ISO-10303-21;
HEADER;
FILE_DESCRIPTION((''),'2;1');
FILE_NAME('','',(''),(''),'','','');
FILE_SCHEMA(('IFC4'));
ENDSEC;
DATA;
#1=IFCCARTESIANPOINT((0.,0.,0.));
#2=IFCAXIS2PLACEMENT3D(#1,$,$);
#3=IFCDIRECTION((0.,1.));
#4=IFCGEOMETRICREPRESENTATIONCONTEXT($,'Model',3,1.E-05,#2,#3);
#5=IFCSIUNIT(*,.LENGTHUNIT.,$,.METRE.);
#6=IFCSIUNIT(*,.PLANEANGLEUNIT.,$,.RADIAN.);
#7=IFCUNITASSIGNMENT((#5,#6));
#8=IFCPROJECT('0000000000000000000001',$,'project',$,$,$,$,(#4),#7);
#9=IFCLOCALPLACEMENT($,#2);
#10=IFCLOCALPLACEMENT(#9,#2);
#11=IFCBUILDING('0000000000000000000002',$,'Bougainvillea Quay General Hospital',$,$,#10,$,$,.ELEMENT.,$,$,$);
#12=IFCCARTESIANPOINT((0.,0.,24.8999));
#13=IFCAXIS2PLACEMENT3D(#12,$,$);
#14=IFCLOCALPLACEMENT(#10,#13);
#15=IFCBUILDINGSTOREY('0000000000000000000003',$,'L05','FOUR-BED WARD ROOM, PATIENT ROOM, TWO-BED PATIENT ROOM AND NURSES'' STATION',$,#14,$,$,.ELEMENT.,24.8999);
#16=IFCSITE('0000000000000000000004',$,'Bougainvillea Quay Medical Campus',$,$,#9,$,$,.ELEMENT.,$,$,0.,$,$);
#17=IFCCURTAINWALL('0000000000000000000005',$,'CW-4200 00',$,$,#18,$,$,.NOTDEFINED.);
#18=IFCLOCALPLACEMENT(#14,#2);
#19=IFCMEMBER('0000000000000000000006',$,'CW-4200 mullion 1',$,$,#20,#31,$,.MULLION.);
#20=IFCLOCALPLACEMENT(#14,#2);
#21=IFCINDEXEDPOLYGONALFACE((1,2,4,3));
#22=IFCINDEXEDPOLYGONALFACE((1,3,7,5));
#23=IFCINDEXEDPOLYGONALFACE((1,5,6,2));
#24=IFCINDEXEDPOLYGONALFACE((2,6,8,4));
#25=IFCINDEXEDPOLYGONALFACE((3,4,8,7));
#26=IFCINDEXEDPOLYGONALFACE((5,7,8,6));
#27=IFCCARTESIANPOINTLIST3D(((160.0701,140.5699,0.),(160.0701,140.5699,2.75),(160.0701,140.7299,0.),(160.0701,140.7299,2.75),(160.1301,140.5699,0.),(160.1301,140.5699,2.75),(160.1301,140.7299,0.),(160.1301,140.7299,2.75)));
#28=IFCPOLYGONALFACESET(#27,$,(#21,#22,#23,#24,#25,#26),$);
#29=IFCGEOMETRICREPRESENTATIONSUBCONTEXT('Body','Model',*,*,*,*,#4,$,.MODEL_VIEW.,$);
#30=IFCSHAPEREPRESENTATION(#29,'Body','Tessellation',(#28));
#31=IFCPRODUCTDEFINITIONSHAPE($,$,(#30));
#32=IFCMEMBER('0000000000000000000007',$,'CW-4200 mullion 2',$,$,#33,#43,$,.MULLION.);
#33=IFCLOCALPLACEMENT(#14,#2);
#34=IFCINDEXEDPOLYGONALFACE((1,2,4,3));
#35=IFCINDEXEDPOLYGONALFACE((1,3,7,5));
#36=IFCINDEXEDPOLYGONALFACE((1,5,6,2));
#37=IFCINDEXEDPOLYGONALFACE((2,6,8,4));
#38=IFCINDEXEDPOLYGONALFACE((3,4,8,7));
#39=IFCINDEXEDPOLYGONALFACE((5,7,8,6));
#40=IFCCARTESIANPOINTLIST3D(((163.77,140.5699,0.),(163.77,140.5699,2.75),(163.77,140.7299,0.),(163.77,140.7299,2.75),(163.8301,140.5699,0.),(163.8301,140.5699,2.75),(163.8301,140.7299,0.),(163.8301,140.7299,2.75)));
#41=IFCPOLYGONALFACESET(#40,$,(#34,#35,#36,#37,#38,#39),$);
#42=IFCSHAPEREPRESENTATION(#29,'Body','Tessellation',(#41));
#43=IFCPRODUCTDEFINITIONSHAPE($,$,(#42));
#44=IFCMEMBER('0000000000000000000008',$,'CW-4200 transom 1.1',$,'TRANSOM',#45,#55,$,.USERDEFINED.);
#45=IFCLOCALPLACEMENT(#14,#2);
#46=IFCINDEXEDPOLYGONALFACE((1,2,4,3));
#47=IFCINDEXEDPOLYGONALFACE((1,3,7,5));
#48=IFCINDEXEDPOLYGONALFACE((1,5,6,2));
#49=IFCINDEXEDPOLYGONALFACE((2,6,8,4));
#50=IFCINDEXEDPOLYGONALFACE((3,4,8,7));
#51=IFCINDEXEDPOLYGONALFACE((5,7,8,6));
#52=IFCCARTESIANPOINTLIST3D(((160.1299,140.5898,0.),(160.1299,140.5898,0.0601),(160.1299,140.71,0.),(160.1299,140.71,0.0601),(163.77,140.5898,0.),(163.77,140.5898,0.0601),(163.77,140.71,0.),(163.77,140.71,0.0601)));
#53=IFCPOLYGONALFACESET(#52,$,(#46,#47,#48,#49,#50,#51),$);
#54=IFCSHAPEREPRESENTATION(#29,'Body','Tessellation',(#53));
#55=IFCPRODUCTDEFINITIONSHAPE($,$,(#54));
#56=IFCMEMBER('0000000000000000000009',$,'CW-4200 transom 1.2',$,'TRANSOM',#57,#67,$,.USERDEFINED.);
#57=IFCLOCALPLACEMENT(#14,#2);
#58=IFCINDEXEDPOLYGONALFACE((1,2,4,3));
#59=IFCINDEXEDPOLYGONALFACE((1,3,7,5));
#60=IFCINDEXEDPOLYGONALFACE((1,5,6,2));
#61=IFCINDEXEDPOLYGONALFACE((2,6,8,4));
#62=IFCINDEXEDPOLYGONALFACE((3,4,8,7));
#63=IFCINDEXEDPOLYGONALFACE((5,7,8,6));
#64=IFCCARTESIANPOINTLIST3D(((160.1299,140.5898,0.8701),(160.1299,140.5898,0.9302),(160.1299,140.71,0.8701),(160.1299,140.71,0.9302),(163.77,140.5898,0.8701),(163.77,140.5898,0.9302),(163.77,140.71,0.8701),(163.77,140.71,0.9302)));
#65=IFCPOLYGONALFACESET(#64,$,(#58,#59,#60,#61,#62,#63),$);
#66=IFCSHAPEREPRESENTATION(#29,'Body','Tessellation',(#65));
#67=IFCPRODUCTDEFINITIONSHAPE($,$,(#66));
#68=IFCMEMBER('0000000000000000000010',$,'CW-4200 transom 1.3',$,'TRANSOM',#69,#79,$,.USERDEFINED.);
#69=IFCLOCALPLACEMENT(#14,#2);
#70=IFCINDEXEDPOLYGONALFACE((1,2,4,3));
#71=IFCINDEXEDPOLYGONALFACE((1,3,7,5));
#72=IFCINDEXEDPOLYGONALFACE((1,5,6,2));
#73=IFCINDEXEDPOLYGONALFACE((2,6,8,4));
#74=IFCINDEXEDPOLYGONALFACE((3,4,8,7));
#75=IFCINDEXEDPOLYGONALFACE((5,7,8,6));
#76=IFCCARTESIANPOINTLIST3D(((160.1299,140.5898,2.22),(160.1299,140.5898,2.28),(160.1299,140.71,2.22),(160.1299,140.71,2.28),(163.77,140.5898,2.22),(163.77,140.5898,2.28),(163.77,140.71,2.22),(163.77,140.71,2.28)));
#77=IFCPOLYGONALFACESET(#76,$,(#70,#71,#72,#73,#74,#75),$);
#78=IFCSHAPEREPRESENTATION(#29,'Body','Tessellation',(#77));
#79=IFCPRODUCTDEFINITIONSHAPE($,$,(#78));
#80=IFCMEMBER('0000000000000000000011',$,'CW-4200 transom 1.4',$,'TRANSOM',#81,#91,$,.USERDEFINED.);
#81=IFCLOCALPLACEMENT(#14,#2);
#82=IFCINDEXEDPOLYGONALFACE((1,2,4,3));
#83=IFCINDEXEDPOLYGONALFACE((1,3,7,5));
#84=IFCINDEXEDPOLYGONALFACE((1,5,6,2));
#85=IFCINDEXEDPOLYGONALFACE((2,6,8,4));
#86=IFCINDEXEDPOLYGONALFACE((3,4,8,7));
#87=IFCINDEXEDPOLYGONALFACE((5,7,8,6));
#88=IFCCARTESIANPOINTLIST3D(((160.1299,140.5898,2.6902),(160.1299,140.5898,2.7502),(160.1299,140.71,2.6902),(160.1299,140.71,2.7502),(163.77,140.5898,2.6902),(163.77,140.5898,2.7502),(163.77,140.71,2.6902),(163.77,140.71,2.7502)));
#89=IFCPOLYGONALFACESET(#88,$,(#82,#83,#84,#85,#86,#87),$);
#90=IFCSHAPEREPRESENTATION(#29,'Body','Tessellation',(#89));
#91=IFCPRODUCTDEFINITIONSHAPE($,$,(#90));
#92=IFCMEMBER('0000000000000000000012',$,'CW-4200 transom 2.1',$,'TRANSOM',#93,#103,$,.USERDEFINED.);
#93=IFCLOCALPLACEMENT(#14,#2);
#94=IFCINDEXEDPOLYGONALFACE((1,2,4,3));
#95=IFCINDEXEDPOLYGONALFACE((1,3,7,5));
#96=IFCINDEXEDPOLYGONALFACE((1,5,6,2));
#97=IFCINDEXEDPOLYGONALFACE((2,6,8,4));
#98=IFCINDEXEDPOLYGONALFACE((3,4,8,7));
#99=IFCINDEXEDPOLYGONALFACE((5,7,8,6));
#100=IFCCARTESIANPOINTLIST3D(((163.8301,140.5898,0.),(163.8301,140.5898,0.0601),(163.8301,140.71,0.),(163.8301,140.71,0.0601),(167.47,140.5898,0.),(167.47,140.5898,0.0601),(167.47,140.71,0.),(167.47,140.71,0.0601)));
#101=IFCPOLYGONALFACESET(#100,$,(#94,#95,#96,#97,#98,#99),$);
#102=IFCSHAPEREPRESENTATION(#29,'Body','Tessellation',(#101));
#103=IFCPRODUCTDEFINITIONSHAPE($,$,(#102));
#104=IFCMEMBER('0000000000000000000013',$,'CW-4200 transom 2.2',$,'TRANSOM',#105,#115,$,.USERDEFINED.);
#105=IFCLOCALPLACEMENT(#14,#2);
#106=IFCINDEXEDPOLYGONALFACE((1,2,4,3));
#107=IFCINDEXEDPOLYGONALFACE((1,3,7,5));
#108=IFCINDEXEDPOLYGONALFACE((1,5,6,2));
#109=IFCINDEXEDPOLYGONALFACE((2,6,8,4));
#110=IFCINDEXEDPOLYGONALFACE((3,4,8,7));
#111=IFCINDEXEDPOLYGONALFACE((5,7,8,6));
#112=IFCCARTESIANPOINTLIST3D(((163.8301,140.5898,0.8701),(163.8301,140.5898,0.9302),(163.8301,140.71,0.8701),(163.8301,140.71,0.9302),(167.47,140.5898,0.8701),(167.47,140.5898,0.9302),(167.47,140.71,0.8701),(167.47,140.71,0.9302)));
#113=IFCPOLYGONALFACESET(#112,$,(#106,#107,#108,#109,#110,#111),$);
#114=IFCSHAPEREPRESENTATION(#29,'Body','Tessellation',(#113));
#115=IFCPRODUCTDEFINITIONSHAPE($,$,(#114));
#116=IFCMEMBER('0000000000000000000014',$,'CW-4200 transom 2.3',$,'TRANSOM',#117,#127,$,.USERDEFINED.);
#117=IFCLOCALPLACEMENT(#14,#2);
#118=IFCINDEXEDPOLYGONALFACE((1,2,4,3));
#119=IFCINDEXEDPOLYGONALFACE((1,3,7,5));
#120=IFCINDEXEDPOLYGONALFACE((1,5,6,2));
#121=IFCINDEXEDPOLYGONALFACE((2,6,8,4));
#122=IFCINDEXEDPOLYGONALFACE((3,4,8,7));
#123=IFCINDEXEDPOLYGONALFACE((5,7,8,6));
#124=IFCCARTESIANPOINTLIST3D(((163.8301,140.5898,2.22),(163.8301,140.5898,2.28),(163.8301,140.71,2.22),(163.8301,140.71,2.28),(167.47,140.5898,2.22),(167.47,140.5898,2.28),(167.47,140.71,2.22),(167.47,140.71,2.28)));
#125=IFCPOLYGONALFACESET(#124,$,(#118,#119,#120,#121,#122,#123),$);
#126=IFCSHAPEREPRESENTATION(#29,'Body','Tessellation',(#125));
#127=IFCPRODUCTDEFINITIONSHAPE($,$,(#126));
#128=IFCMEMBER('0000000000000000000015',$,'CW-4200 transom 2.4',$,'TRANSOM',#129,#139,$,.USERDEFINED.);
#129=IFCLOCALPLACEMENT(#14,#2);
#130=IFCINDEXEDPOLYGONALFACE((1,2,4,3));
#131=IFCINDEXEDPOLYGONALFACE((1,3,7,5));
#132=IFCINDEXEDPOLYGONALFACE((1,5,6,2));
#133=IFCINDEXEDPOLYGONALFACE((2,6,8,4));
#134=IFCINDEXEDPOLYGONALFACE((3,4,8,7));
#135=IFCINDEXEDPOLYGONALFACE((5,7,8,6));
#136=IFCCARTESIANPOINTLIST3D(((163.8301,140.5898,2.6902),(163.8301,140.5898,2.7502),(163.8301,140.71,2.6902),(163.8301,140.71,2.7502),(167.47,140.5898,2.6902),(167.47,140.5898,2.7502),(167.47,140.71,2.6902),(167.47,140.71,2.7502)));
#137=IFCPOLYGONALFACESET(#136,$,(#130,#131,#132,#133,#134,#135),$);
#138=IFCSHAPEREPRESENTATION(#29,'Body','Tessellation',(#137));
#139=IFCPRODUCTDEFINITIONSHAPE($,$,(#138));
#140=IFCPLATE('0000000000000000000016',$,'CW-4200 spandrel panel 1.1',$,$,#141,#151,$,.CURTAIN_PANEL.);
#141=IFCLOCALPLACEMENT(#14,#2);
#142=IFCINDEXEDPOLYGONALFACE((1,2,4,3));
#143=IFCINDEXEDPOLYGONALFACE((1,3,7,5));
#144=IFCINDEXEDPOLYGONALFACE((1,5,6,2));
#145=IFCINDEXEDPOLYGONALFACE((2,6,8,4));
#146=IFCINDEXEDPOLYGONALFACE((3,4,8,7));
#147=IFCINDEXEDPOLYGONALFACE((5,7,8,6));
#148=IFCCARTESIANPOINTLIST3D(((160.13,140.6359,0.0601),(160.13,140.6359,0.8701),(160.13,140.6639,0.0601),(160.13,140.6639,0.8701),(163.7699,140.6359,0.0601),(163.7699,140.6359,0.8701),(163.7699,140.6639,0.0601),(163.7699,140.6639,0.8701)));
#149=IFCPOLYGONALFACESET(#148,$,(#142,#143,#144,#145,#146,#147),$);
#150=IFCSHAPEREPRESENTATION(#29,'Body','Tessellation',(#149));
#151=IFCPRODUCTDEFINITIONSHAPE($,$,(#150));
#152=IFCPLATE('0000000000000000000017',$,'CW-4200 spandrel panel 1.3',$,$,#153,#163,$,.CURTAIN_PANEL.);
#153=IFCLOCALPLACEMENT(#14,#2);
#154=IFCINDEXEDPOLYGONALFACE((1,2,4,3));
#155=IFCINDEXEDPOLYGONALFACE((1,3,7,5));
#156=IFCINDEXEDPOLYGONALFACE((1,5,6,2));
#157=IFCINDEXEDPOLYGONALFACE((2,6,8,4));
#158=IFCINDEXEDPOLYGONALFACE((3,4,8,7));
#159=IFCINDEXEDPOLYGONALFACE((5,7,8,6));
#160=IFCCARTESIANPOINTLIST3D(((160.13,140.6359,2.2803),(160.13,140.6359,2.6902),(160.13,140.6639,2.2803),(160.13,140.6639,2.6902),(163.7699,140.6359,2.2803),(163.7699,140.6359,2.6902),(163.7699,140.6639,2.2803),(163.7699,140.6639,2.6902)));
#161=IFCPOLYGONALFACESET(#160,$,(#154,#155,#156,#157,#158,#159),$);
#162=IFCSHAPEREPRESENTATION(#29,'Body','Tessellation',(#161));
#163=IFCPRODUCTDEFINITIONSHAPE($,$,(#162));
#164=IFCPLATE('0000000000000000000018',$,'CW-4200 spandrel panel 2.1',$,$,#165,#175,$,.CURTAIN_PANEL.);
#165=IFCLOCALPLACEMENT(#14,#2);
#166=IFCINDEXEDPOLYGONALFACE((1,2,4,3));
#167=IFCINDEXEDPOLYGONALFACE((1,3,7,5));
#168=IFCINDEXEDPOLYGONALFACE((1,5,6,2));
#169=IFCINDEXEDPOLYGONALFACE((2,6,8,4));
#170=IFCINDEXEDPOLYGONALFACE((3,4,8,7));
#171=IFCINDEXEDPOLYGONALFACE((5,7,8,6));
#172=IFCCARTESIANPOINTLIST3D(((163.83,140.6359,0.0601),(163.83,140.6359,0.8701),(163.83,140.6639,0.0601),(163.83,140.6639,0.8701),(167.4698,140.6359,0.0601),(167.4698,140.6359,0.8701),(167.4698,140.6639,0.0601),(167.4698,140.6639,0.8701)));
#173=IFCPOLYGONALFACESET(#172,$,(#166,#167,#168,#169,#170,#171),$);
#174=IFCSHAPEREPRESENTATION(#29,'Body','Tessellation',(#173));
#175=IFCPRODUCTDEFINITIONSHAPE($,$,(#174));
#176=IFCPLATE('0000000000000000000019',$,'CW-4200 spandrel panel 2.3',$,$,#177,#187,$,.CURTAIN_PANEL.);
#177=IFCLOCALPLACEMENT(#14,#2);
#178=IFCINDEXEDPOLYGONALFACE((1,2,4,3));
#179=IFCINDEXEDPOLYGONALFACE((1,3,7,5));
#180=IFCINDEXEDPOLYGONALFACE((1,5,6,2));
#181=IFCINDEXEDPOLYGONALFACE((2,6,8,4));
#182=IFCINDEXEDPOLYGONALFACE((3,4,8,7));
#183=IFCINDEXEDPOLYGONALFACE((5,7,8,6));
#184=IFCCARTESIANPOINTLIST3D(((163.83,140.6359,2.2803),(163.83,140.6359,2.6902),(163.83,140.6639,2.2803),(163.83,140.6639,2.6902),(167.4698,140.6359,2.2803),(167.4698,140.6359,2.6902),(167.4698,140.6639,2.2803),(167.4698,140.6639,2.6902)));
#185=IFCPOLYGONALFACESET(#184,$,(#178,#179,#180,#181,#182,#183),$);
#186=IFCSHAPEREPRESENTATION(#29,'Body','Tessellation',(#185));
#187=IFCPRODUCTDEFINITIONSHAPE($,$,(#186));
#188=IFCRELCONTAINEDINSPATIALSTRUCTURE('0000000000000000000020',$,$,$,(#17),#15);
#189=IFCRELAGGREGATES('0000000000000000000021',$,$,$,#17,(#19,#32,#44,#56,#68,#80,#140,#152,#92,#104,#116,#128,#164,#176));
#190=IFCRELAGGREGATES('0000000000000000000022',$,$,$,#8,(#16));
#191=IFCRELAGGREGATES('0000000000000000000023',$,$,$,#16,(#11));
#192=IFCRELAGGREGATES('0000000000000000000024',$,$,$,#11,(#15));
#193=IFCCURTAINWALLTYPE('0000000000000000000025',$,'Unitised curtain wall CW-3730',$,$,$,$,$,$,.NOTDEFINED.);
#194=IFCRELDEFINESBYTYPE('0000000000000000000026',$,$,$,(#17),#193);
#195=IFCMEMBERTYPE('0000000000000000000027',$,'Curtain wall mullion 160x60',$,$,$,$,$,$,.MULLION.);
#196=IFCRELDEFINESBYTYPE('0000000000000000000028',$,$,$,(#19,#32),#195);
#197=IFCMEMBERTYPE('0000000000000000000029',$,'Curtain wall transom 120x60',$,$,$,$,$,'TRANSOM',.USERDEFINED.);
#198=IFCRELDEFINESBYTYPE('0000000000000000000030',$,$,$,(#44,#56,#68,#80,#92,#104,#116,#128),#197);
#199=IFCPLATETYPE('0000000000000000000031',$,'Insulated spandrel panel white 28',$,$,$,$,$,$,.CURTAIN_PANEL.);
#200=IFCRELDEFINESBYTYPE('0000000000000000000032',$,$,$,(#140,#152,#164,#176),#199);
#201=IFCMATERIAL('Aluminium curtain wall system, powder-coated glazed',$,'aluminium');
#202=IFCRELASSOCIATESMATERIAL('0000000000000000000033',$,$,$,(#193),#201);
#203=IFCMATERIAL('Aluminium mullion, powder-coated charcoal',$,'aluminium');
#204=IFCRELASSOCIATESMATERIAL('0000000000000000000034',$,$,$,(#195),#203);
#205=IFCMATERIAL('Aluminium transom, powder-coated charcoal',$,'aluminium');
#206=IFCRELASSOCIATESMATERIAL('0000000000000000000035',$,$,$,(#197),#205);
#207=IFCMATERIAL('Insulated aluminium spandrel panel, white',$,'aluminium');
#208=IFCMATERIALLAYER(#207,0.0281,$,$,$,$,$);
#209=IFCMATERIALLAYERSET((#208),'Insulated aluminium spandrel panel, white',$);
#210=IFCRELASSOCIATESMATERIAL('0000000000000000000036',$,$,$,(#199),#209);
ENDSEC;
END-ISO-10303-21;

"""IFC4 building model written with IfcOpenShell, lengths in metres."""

from ifc_helpers import new_model, si_unit, direction, frame, origin, origin_2d, place, context, subcontext, project, spatial, rectangle, extrude, material, layer, layer_set, material_profile, profile_set, type_object, element, aggregate, save


model = new_model("IFC4")

# Units and contexts
model_context = context("Model", 3, precision=1e-05, world=origin(), true_north=direction((0.0, 1.0)))
body_context = subcontext(model_context, "Body", "Model", "MODEL_VIEW")
ifc_project = project(units=[si_unit("LENGTHUNIT", "METRE"), si_unit("PLANEANGLEUNIT", "RADIAN")], contexts=[model_context])

# Site, building, storey
site_placement = place(None, origin())
site = spatial("IfcSite", under=ifc_project, at=site_placement, Name="Bougainvillea Quay Medical Campus", CompositionType="ELEMENT", RefElevation=0.0)
building_placement = place(site_placement, origin())
building = spatial("IfcBuilding", under=site, at=building_placement, Name="Bougainvillea Quay General Hospital", CompositionType="ELEMENT")
storey_placement = place(building_placement, frame((0.0, 0.0, 24.8999)))
storey = spatial("IfcBuildingStorey", under=building, at=storey_placement, Name="L05", Description="FOUR-BED WARD ROOM, PATIENT ROOM, TWO-BED PATIENT ROOM AND NURSES' STATION", CompositionType="ELEMENT", Elevation=24.8999)

# Curtain wall, members, plates
ifc_material_1 = material(Name="Aluminium curtain wall system, powder-coated glazed", Category="aluminium")
curtain_wall_type = type_object("IfcCurtainWallType", Name="Unitised curtain wall CW-3730", PredefinedType="NOTDEFINED", material=ifc_material_1)
curtain_wall_placement = place(storey_placement, origin())
curtain_wall = element("IfcCurtainWall", 1, at=curtain_wall_placement, inside=storey, type_object=curtain_wall_type, Name="CW-4200 00", PredefinedType="NOTDEFINED")
ifc_material_2 = material(Name="Aluminium mullion, powder-coated charcoal", Category="aluminium")
ifc_material_profile_1 = material_profile(ifc_material_2, rectangle(XDim=0.1599, YDim=0.0601, at=origin_2d()))
ifc_profile_set_1 = profile_set([ifc_material_profile_1], Name="Aluminium mullion, powder-coated charcoal")
member_type_1 = type_object("IfcMemberType", Name="Curtain wall mullion 160x60", PredefinedType="MULLION", material=ifc_profile_set_1)
member_1_placement = place(storey_placement, frame((160.1001, 140.6499, 0.0), z_axis=(0.0, 0.0, 1.0), x_axis=(0.0, 1.0, 0.0)))
member_1 = element("IfcMember", 2, at=member_1_placement, type_object=member_type_1, Name="CW-4200 mullion 1", PredefinedType="MULLION", context=body_context, shape_type="SweptSolid", body=[
    extrude(rectangle(XDim=0.1599, YDim=0.0601, at=origin_2d()), origin(), (0.0, 0.0, 1.0), 2.75),
])
member_2_placement = place(storey_placement, frame((163.8, 140.6499, 0.0), z_axis=(0.0, 0.0, 1.0), x_axis=(0.0, 1.0, 0.0)))
member_2 = element("IfcMember", 3, at=member_2_placement, type_object=member_type_1, Name="CW-4200 mullion 2", PredefinedType="MULLION", context=body_context, shape_type="SweptSolid", body=[
    extrude(rectangle(XDim=0.1599, YDim=0.0601, at=origin_2d()), origin(), (0.0, 0.0, 1.0), 2.75),
])
ifc_material_3 = material(Name="Aluminium transom, powder-coated charcoal", Category="aluminium")
ifc_material_profile_2 = material_profile(ifc_material_3, rectangle(XDim=0.1201, YDim=0.0601, at=origin_2d()))
ifc_profile_set_2 = profile_set([ifc_material_profile_2], Name="Aluminium transom, powder-coated charcoal")
member_type_2 = type_object("IfcMemberType", Name="Curtain wall transom 120x60", ElementType="TRANSOM", PredefinedType="USERDEFINED", material=ifc_profile_set_2)
member_3_placement = place(storey_placement, frame((160.1299, 140.6499, 0.03), z_axis=(1.0, 0.0, 0.0), x_axis=(0.0, 1.0, 0.0)))
member_3 = element("IfcMember", 4, at=member_3_placement, type_object=member_type_2, Name="CW-4200 transom 1.1", ObjectType="TRANSOM", PredefinedType="USERDEFINED", context=body_context, shape_type="SweptSolid", body=[
    extrude(rectangle(XDim=0.1201, YDim=0.0601, at=origin_2d()), origin(), (0.0, 0.0, 1.0), 3.6401),
])
member_4_placement = place(storey_placement, frame((160.1299, 140.6499, 0.9001), z_axis=(1.0, 0.0, 0.0), x_axis=(0.0, 1.0, 0.0)))
member_4 = element("IfcMember", 5, at=member_4_placement, type_object=member_type_2, Name="CW-4200 transom 1.2", ObjectType="TRANSOM", PredefinedType="USERDEFINED", context=body_context, shape_type="SweptSolid", body=[
    extrude(rectangle(XDim=0.1201, YDim=0.0601, at=origin_2d()), origin(), (0.0, 0.0, 1.0), 3.6401),
])
member_5_placement = place(storey_placement, frame((160.1299, 140.6499, 2.25), z_axis=(1.0, 0.0, 0.0), x_axis=(0.0, 1.0, 0.0)))
member_5 = element("IfcMember", 6, at=member_5_placement, type_object=member_type_2, Name="CW-4200 transom 1.3", ObjectType="TRANSOM", PredefinedType="USERDEFINED", context=body_context, shape_type="SweptSolid", body=[
    extrude(rectangle(XDim=0.1201, YDim=0.0601, at=origin_2d()), origin(), (0.0, 0.0, 1.0), 3.6401),
])
member_6_placement = place(storey_placement, frame((160.1299, 140.6499, 2.7202), z_axis=(1.0, 0.0, 0.0), x_axis=(0.0, 1.0, 0.0)))
member_6 = element("IfcMember", 7, at=member_6_placement, type_object=member_type_2, Name="CW-4200 transom 1.4", ObjectType="TRANSOM", PredefinedType="USERDEFINED", context=body_context, shape_type="SweptSolid", body=[
    extrude(rectangle(XDim=0.1201, YDim=0.0601, at=origin_2d()), origin(), (0.0, 0.0, 1.0), 3.6401),
])
member_7_placement = place(storey_placement, frame((163.8301, 140.6499, 0.03), z_axis=(1.0, 0.0, 0.0), x_axis=(0.0, 1.0, 0.0)))
member_7 = element("IfcMember", 8, at=member_7_placement, type_object=member_type_2, Name="CW-4200 transom 2.1", ObjectType="TRANSOM", PredefinedType="USERDEFINED", context=body_context, shape_type="SweptSolid", body=[
    extrude(rectangle(XDim=0.1201, YDim=0.0601, at=origin_2d()), origin(), (0.0, 0.0, 1.0), 3.6399),
])
member_8_placement = place(storey_placement, frame((163.8301, 140.6499, 0.9001), z_axis=(1.0, 0.0, 0.0), x_axis=(0.0, 1.0, 0.0)))
member_8 = element("IfcMember", 9, at=member_8_placement, type_object=member_type_2, Name="CW-4200 transom 2.2", ObjectType="TRANSOM", PredefinedType="USERDEFINED", context=body_context, shape_type="SweptSolid", body=[
    extrude(rectangle(XDim=0.1201, YDim=0.0601, at=origin_2d()), origin(), (0.0, 0.0, 1.0), 3.6399),
])
member_9_placement = place(storey_placement, frame((163.8301, 140.6499, 2.25), z_axis=(1.0, 0.0, 0.0), x_axis=(0.0, 1.0, 0.0)))
member_9 = element("IfcMember", 10, at=member_9_placement, type_object=member_type_2, Name="CW-4200 transom 2.3", ObjectType="TRANSOM", PredefinedType="USERDEFINED", context=body_context, shape_type="SweptSolid", body=[
    extrude(rectangle(XDim=0.1201, YDim=0.0601, at=origin_2d()), origin(), (0.0, 0.0, 1.0), 3.6399),
])
member_10_placement = place(storey_placement, frame((163.8301, 140.6499, 2.7202), z_axis=(1.0, 0.0, 0.0), x_axis=(0.0, 1.0, 0.0)))
member_10 = element("IfcMember", 11, at=member_10_placement, type_object=member_type_2, Name="CW-4200 transom 2.4", ObjectType="TRANSOM", PredefinedType="USERDEFINED", context=body_context, shape_type="SweptSolid", body=[
    extrude(rectangle(XDim=0.1201, YDim=0.0601, at=origin_2d()), origin(), (0.0, 0.0, 1.0), 3.6399),
])
ifc_material_4 = material(Name="Insulated aluminium spandrel panel, white", Category="aluminium")
ifc_layer_1 = layer(ifc_material_4, 0.0281)
ifc_layer_set_1 = layer_set([ifc_layer_1], Name="Insulated aluminium spandrel panel, white")
plate_type_1 = type_object("IfcPlateType", Name="Insulated spandrel panel white 28", PredefinedType="CURTAIN_PANEL", material=ifc_layer_set_1)
plate_1_placement = place(storey_placement, frame((161.95, 140.6499, 0.0601), z_axis=(0.0, 0.0, 1.0), x_axis=(1.0, 0.0, 0.0)))
plate_1 = element("IfcPlate", 12, at=plate_1_placement, type_object=plate_type_1, Name="CW-4200 spandrel panel 1.1", PredefinedType="CURTAIN_PANEL", context=body_context, shape_type="SweptSolid", body=[
    extrude(rectangle(XDim=3.6399, YDim=0.0281, at=origin_2d()), origin(), (0.0, 0.0, 1.0), 0.8101),
])
plate_2_placement = place(storey_placement, frame((161.95, 140.6499, 2.2803), z_axis=(0.0, 0.0, 1.0), x_axis=(1.0, 0.0, 0.0)))
plate_2 = element("IfcPlate", 13, at=plate_2_placement, type_object=plate_type_1, Name="CW-4200 spandrel panel 1.3", PredefinedType="CURTAIN_PANEL", context=body_context, shape_type="SweptSolid", body=[
    extrude(rectangle(XDim=3.6399, YDim=0.0281, at=origin_2d()), origin(), (0.0, 0.0, 1.0), 0.4099),
])
plate_3_placement = place(storey_placement, frame((165.6499, 140.6499, 0.0601), z_axis=(0.0, 0.0, 1.0), x_axis=(1.0, 0.0, 0.0)))
plate_3 = element("IfcPlate", 14, at=plate_3_placement, type_object=plate_type_1, Name="CW-4200 spandrel panel 2.1", PredefinedType="CURTAIN_PANEL", context=body_context, shape_type="SweptSolid", body=[
    extrude(rectangle(XDim=3.6399, YDim=0.0281, at=origin_2d()), origin(), (0.0, 0.0, 1.0), 0.8101),
])
plate_4_placement = place(storey_placement, frame((165.6499, 140.6499, 2.2803), z_axis=(0.0, 0.0, 1.0), x_axis=(1.0, 0.0, 0.0)))
plate_4 = element("IfcPlate", 15, at=plate_4_placement, type_object=plate_type_1, Name="CW-4200 spandrel panel 2.3", PredefinedType="CURTAIN_PANEL", context=body_context, shape_type="SweptSolid", body=[
    extrude(rectangle(XDim=3.6399, YDim=0.0281, at=origin_2d()), origin(), (0.0, 0.0, 1.0), 0.4099),
])
aggregate(curtain_wall, [member_1, member_2, member_3, member_4, member_5, member_6, plate_1, plate_2, member_7, member_8, member_9, member_10, plate_3, plate_4])

save(model, "model.ifc")
